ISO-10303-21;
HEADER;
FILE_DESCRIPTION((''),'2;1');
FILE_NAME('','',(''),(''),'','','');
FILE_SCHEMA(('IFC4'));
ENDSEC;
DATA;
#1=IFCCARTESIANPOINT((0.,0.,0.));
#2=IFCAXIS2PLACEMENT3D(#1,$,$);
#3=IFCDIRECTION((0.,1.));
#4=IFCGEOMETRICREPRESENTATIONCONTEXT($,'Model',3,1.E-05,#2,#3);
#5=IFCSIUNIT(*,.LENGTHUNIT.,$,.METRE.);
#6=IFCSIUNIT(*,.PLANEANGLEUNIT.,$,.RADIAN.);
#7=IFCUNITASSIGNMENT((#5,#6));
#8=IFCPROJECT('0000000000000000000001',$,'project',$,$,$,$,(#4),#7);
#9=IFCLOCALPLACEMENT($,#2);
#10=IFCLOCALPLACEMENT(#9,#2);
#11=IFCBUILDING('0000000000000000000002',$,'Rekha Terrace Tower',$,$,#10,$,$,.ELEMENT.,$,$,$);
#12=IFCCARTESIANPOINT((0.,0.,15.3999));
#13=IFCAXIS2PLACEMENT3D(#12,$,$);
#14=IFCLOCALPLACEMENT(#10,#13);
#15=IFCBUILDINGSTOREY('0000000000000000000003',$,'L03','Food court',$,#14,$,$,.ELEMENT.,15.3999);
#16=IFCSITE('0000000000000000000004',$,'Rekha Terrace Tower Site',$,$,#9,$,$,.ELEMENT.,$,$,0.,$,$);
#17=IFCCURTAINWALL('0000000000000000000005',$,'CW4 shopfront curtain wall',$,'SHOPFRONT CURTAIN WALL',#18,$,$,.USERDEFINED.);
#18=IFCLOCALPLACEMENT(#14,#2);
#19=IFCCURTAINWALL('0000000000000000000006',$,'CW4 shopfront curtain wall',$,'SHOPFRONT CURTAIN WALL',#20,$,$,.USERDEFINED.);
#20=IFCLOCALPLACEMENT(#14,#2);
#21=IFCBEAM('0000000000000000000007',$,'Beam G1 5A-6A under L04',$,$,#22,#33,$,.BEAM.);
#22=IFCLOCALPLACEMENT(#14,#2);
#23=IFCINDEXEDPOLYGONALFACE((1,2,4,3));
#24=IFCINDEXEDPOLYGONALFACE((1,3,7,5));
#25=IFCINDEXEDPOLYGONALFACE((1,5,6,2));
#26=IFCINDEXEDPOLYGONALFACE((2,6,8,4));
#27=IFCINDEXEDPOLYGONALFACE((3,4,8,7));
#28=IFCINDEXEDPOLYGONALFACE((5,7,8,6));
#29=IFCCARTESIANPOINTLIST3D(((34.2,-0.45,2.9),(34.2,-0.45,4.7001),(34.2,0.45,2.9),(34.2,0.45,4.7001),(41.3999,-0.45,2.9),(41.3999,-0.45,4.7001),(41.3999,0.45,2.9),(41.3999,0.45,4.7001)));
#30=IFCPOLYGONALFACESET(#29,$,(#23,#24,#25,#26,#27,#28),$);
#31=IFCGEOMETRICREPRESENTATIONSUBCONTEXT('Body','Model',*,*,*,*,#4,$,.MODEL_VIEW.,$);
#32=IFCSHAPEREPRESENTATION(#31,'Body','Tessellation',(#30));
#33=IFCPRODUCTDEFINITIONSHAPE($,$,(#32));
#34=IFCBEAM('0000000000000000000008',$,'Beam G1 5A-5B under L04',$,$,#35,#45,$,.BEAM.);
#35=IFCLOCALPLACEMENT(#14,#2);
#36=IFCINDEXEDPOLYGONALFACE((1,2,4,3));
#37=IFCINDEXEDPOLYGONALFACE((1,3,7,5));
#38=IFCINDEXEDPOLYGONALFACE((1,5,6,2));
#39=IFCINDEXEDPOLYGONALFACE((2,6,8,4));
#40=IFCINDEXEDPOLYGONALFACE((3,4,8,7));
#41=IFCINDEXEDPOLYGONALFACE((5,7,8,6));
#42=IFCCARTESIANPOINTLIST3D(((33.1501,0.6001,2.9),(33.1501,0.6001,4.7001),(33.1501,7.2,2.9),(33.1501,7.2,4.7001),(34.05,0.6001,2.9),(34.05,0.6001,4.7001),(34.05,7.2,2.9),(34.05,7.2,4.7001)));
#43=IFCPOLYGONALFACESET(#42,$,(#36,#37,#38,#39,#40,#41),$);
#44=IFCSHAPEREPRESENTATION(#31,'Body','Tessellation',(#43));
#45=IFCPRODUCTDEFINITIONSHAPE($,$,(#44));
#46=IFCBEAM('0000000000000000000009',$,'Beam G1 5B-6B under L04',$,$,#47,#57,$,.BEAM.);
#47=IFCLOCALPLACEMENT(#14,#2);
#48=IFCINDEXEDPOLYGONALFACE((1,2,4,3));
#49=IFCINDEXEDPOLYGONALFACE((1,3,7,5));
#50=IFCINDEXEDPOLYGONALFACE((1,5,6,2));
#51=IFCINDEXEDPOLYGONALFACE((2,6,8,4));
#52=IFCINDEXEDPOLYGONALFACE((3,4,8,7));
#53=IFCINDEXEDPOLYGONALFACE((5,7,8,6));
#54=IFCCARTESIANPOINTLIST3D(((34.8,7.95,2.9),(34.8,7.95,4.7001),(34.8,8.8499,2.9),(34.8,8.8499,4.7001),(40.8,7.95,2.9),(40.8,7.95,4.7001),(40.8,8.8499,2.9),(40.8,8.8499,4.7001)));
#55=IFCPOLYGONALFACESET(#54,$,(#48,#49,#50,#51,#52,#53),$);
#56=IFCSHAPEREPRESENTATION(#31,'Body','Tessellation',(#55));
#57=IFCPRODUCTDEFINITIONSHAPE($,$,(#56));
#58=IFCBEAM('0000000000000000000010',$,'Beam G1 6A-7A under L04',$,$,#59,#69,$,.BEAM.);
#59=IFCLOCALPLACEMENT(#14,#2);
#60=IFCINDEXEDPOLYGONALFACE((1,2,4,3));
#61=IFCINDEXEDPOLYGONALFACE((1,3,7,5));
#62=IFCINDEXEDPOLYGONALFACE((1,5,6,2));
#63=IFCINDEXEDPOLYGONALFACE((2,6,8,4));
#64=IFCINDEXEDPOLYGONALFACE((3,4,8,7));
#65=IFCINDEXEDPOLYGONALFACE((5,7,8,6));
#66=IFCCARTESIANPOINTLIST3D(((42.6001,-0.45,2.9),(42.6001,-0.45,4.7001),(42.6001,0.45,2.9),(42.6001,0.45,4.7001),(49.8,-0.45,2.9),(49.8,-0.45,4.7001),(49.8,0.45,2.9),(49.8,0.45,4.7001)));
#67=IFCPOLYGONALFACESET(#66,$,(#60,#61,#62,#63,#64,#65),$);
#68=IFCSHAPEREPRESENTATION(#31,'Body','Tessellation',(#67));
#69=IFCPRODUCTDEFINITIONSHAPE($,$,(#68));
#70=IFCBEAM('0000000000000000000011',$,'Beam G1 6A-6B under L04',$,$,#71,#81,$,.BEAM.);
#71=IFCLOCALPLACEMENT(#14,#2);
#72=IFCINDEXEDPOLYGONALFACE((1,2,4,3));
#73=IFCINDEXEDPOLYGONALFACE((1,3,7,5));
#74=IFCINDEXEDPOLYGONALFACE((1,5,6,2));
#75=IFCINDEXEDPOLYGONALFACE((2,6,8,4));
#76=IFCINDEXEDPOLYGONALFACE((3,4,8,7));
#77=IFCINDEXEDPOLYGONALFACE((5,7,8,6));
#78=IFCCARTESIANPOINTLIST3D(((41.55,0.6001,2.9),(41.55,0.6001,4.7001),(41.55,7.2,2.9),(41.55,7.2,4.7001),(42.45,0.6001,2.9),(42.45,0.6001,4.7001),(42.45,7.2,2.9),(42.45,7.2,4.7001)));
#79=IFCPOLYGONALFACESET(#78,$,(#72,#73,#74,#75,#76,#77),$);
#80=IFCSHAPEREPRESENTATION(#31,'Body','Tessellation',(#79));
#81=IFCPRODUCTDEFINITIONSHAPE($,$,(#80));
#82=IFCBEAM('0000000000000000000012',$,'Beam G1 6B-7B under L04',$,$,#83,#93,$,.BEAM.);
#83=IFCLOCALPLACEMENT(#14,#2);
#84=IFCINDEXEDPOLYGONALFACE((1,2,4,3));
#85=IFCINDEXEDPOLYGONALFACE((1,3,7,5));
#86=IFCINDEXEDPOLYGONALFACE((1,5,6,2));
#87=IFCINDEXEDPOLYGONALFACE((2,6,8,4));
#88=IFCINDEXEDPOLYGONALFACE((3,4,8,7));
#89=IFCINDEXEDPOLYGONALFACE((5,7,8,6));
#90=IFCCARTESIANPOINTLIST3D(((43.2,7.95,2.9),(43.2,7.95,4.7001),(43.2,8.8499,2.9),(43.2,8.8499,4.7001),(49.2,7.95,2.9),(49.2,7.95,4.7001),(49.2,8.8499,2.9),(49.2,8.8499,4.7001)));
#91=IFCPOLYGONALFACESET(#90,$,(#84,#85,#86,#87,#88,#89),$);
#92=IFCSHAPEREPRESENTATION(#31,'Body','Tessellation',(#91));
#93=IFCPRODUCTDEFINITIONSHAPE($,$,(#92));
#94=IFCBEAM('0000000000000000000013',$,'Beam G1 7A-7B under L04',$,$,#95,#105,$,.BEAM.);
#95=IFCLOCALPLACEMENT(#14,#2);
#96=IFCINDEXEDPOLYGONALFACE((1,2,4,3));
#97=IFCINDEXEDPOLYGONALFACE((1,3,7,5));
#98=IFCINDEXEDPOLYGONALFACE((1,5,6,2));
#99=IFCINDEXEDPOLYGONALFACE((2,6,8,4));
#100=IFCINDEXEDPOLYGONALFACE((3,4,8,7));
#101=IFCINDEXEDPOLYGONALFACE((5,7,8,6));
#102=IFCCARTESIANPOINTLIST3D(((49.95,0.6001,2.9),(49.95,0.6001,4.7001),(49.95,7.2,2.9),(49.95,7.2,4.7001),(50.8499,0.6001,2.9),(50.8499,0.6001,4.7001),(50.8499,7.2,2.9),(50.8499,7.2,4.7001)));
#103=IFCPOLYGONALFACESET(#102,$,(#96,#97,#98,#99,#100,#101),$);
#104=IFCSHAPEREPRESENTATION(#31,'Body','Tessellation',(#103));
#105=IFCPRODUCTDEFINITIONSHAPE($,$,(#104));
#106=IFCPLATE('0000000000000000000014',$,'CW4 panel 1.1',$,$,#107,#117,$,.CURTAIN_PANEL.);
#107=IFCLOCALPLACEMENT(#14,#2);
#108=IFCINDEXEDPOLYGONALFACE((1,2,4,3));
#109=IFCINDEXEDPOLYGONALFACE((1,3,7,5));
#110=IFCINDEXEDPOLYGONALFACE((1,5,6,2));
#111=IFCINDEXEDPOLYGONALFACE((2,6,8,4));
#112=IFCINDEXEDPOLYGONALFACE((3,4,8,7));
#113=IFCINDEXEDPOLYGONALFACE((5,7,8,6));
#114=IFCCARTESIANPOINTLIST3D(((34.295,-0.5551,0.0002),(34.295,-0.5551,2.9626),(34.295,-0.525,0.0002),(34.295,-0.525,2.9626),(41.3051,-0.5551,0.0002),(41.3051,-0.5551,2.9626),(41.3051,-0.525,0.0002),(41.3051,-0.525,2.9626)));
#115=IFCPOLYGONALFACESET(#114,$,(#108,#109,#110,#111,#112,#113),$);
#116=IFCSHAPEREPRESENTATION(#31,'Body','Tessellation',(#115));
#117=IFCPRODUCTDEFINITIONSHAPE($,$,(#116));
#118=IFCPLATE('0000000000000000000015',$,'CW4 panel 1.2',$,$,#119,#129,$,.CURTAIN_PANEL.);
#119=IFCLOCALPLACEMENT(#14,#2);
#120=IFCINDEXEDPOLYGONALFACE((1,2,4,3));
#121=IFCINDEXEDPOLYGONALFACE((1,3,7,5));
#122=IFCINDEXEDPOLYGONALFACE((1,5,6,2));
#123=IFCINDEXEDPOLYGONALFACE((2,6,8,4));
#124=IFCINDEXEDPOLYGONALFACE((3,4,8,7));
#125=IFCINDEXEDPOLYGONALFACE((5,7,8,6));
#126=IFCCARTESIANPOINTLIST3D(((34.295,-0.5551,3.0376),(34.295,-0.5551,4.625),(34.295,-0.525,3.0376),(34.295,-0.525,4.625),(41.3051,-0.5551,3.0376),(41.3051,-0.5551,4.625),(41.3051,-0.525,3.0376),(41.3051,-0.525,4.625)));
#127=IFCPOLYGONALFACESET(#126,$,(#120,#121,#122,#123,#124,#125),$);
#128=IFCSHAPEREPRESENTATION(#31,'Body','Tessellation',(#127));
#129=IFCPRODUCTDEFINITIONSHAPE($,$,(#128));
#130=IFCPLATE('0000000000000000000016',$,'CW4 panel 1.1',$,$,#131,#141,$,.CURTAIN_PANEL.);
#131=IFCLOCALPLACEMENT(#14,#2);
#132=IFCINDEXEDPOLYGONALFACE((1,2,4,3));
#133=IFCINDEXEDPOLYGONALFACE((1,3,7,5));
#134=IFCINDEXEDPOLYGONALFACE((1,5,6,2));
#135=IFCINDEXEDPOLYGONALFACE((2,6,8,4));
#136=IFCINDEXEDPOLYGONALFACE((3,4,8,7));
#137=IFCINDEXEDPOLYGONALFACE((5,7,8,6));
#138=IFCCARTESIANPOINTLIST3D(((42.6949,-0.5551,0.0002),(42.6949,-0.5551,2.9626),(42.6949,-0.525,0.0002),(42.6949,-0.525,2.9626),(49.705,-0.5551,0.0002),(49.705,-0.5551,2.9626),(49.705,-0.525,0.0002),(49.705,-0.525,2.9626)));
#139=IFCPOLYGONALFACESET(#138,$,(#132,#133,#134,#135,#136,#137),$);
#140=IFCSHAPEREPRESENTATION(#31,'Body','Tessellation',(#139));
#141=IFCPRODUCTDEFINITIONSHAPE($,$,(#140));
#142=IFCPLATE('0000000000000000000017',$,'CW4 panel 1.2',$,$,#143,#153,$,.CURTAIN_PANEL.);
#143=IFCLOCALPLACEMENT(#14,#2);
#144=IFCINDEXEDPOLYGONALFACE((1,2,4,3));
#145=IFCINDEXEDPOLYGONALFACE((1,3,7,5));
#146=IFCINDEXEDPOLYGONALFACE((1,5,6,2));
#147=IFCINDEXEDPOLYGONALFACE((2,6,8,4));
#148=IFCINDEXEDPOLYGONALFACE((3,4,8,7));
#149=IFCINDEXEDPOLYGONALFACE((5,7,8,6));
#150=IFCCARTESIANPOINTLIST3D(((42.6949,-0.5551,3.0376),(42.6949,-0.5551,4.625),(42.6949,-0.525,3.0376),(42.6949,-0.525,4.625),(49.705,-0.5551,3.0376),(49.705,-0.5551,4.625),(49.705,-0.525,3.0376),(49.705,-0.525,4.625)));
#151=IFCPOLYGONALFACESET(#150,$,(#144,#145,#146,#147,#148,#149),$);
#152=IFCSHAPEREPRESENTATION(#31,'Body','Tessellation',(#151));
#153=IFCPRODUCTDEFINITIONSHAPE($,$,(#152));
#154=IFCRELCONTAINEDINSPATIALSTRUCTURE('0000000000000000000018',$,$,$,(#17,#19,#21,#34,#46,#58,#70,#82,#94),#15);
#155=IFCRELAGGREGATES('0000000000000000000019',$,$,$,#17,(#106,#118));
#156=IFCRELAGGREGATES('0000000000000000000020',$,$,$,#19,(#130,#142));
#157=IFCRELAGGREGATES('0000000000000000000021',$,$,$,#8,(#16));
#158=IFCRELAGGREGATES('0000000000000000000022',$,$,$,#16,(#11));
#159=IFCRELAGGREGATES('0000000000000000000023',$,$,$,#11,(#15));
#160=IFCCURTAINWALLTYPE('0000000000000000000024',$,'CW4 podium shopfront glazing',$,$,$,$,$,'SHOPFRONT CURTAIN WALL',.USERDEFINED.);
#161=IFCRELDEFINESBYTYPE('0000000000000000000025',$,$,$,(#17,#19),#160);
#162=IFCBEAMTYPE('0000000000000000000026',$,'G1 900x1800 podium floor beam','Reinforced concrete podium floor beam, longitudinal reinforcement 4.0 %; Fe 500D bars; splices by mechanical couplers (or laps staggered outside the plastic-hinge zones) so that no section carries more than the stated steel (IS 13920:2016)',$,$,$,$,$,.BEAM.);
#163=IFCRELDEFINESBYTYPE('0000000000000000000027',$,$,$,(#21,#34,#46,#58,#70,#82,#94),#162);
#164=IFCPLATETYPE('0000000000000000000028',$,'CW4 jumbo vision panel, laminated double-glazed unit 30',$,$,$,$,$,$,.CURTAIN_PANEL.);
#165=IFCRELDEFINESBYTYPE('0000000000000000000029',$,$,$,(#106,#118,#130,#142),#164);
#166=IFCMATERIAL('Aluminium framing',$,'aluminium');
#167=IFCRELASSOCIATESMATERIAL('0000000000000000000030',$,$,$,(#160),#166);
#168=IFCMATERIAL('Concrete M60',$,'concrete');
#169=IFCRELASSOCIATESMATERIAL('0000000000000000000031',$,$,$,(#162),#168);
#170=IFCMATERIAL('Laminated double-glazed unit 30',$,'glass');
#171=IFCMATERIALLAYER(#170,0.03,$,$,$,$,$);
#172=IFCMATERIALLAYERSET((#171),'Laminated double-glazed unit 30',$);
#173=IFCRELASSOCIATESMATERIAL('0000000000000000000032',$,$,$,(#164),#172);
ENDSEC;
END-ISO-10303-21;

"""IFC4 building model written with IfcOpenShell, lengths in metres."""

from ifc_helpers import new_model, si_unit, direction, frame, origin, origin_2d, place, context, subcontext, project, spatial, rectangle, extrude, material, layer, layer_set, material_profile, profile_set, type_object, element, aggregate, save


model = new_model("IFC4")

# Units and contexts
model_context = context("Model", 3, precision=1e-05, world=origin(), true_north=direction((0.0, 1.0)))
body_context = subcontext(model_context, "Body", "Model", "MODEL_VIEW")
ifc_project = project(units=[si_unit("LENGTHUNIT", "METRE"), si_unit("PLANEANGLEUNIT", "RADIAN")], contexts=[model_context])

# Site, building, storey
site_placement = place(None, origin())
site = spatial("IfcSite", under=ifc_project, at=site_placement, Name="Rekha Terrace Tower Site", CompositionType="ELEMENT", RefElevation=0.0)
building_placement = place(site_placement, origin())
building = spatial("IfcBuilding", under=site, at=building_placement, Name="Rekha Terrace Tower", CompositionType="ELEMENT")
storey_placement = place(building_placement, frame((0.0, 0.0, 15.3999)))
storey = spatial("IfcBuildingStorey", under=building, at=storey_placement, Name="L03", Description="Food court", CompositionType="ELEMENT", Elevation=15.3999)

# Shared definitions
ifc_material_1 = material(Name="Concrete M60", Category="concrete")

# Curtain walls
ifc_material_2 = material(Name="Aluminium framing", Category="aluminium")
curtain_wall_type = type_object("IfcCurtainWallType", Name="CW4 podium shopfront glazing", ElementType="SHOPFRONT CURTAIN WALL", PredefinedType="USERDEFINED", material=ifc_material_2)
curtain_wall_1_placement = place(storey_placement, origin())
curtain_wall_1 = element("IfcCurtainWall", 1, at=curtain_wall_1_placement, inside=storey, type_object=curtain_wall_type, Name="CW4 shopfront curtain wall", ObjectType="SHOPFRONT CURTAIN WALL", PredefinedType="USERDEFINED")
curtain_wall_2_placement = place(storey_placement, origin())
curtain_wall_2 = element("IfcCurtainWall", 2, at=curtain_wall_2_placement, inside=storey, type_object=curtain_wall_type, Name="CW4 shopfront curtain wall", ObjectType="SHOPFRONT CURTAIN WALL", PredefinedType="USERDEFINED")

# Beams
ifc_material_profile_1 = material_profile(ifc_material_1, rectangle(XDim=0.8999, YDim=1.8, at=origin_2d()), Name="RC 900x1800")
ifc_profile_set_1 = profile_set([ifc_material_profile_1], Name="Concrete M60")
beam_type = type_object("IfcBeamType", Name="G1 900x1800 podium floor beam", Description="Reinforced concrete podium floor beam, longitudinal reinforcement 4.0 %; Fe 500D bars; splices by mechanical couplers (or laps staggered outside the plastic-hinge zones) so that no section carries more than the stated steel (IS 13920:2016)", PredefinedType="BEAM", material=ifc_profile_set_1)
beam_1_placement = place(storey_placement, frame((34.2, 0.0, 3.8), z_axis=(1.0, 0.0, 0.0), x_axis=(0.0, 1.0, 0.0)))
element("IfcBeam", 3, at=beam_1_placement, inside=storey, type_object=beam_type, Name="Beam G1 5A-6A under L04", PredefinedType="BEAM", context=body_context, shape_type="SweptSolid", body=[
    extrude(rectangle(XDim=0.8999, YDim=1.8, at=origin_2d()), origin(), (0.0, 0.0, 1.0), 7.2),
])
beam_2_placement = place(storey_placement, frame((33.6001, 0.6001, 3.8), z_axis=(0.0, 1.0, 0.0), x_axis=(-1.0, 0.0, 0.0)))
element("IfcBeam", 4, at=beam_2_placement, inside=storey, type_object=beam_type, Name="Beam G1 5A-5B under L04", PredefinedType="BEAM", context=body_context, shape_type="SweptSolid", body=[
    extrude(rectangle(XDim=0.8999, YDim=1.8, at=origin_2d()), origin(), (0.0, 0.0, 1.0), 6.5999),
])
beam_3_placement = place(storey_placement, frame((34.8, 8.3999, 3.8), z_axis=(1.0, 0.0, 0.0), x_axis=(0.0, 1.0, 0.0)))
element("IfcBeam", 5, at=beam_3_placement, inside=storey, type_object=beam_type, Name="Beam G1 5B-6B under L04", PredefinedType="BEAM", context=body_context, shape_type="SweptSolid", body=[
    extrude(rectangle(XDim=0.8999, YDim=1.8, at=origin_2d()), origin(), (0.0, 0.0, 1.0), 6.0),
])
beam_4_placement = place(storey_placement, frame((42.6001, 0.0, 3.8), z_axis=(1.0, 0.0, 0.0), x_axis=(0.0, 1.0, 0.0)))
element("IfcBeam", 6, at=beam_4_placement, inside=storey, type_object=beam_type, Name="Beam G1 6A-7A under L04", PredefinedType="BEAM", context=body_context, shape_type="SweptSolid", body=[
    extrude(rectangle(XDim=0.8999, YDim=1.8, at=origin_2d()), origin(), (0.0, 0.0, 1.0), 7.2),
])
beam_5_placement = place(storey_placement, frame((42.0, 0.6001, 3.8), z_axis=(0.0, 1.0, 0.0), x_axis=(-1.0, 0.0, 0.0)))
element("IfcBeam", 7, at=beam_5_placement, inside=storey, type_object=beam_type, Name="Beam G1 6A-6B under L04", PredefinedType="BEAM", context=body_context, shape_type="SweptSolid", body=[
    extrude(rectangle(XDim=0.8999, YDim=1.8, at=origin_2d()), origin(), (0.0, 0.0, 1.0), 6.5999),
])
beam_6_placement = place(storey_placement, frame((43.2, 8.3999, 3.8), z_axis=(1.0, 0.0, 0.0), x_axis=(0.0, 1.0, 0.0)))
element("IfcBeam", 8, at=beam_6_placement, inside=storey, type_object=beam_type, Name="Beam G1 6B-7B under L04", PredefinedType="BEAM", context=body_context, shape_type="SweptSolid", body=[
    extrude(rectangle(XDim=0.8999, YDim=1.8, at=origin_2d()), origin(), (0.0, 0.0, 1.0), 6.0),
])
beam_7_placement = place(storey_placement, frame((50.3999, 0.6001, 3.8), z_axis=(0.0, 1.0, 0.0), x_axis=(-1.0, 0.0, 0.0)))
element("IfcBeam", 9, at=beam_7_placement, inside=storey, type_object=beam_type, Name="Beam G1 7A-7B under L04", PredefinedType="BEAM", context=body_context, shape_type="SweptSolid", body=[
    extrude(rectangle(XDim=0.8999, YDim=1.8, at=origin_2d()), origin(), (0.0, 0.0, 1.0), 6.5999),
])

# Plates
ifc_material_3 = material(Name="Laminated double-glazed unit 30", Category="glass")
ifc_layer = layer(ifc_material_3, 0.03)
ifc_layer_set = layer_set([ifc_layer], Name="Laminated double-glazed unit 30")
plate_type = type_object("IfcPlateType", Name="CW4 jumbo vision panel, laminated double-glazed unit 30", PredefinedType="CURTAIN_PANEL", material=ifc_layer_set)
plate_1_placement = place(storey_placement, frame((37.8, -0.54, 0.0002), z_axis=(0.0, 0.0, 1.0), x_axis=(1.0, 0.0, 0.0)))
plate_1 = element("IfcPlate", 10, at=plate_1_placement, type_object=plate_type, Name="CW4 panel 1.1", PredefinedType="CURTAIN_PANEL", context=body_context, shape_type="SweptSolid", body=[
    extrude(rectangle(XDim=7.01, YDim=0.03, at=origin_2d()), origin(), (0.0, 0.0, 1.0), 2.9624),
])
plate_2_placement = place(storey_placement, frame((37.8, -0.54, 3.0376), z_axis=(0.0, 0.0, 1.0), x_axis=(1.0, 0.0, 0.0)))
plate_2 = element("IfcPlate", 11, at=plate_2_placement, type_object=plate_type, Name="CW4 panel 1.2", PredefinedType="CURTAIN_PANEL", context=body_context, shape_type="SweptSolid", body=[
    extrude(rectangle(XDim=7.01, YDim=0.03, at=origin_2d()), origin(), (0.0, 0.0, 1.0), 1.5874),
])
aggregate(curtain_wall_1, [plate_1, plate_2])
plate_3_placement = place(storey_placement, frame((46.2, -0.54, 0.0002), z_axis=(0.0, 0.0, 1.0), x_axis=(1.0, 0.0, 0.0)))
plate_3 = element("IfcPlate", 12, at=plate_3_placement, type_object=plate_type, Name="CW4 panel 1.1", PredefinedType="CURTAIN_PANEL", context=body_context, shape_type="SweptSolid", body=[
    extrude(rectangle(XDim=7.01, YDim=0.03, at=origin_2d()), origin(), (0.0, 0.0, 1.0), 2.9624),
])
plate_4_placement = place(storey_placement, frame((46.2, -0.54, 3.0376), z_axis=(0.0, 0.0, 1.0), x_axis=(1.0, 0.0, 0.0)))
plate_4 = element("IfcPlate", 13, at=plate_4_placement, type_object=plate_type, Name="CW4 panel 1.2", PredefinedType="CURTAIN_PANEL", context=body_context, shape_type="SweptSolid", body=[
    extrude(rectangle(XDim=7.01, YDim=0.03, at=origin_2d()), origin(), (0.0, 0.0, 1.0), 1.5874),
])
aggregate(curtain_wall_2, [plate_3, plate_4])

save(model, "model.ifc")
